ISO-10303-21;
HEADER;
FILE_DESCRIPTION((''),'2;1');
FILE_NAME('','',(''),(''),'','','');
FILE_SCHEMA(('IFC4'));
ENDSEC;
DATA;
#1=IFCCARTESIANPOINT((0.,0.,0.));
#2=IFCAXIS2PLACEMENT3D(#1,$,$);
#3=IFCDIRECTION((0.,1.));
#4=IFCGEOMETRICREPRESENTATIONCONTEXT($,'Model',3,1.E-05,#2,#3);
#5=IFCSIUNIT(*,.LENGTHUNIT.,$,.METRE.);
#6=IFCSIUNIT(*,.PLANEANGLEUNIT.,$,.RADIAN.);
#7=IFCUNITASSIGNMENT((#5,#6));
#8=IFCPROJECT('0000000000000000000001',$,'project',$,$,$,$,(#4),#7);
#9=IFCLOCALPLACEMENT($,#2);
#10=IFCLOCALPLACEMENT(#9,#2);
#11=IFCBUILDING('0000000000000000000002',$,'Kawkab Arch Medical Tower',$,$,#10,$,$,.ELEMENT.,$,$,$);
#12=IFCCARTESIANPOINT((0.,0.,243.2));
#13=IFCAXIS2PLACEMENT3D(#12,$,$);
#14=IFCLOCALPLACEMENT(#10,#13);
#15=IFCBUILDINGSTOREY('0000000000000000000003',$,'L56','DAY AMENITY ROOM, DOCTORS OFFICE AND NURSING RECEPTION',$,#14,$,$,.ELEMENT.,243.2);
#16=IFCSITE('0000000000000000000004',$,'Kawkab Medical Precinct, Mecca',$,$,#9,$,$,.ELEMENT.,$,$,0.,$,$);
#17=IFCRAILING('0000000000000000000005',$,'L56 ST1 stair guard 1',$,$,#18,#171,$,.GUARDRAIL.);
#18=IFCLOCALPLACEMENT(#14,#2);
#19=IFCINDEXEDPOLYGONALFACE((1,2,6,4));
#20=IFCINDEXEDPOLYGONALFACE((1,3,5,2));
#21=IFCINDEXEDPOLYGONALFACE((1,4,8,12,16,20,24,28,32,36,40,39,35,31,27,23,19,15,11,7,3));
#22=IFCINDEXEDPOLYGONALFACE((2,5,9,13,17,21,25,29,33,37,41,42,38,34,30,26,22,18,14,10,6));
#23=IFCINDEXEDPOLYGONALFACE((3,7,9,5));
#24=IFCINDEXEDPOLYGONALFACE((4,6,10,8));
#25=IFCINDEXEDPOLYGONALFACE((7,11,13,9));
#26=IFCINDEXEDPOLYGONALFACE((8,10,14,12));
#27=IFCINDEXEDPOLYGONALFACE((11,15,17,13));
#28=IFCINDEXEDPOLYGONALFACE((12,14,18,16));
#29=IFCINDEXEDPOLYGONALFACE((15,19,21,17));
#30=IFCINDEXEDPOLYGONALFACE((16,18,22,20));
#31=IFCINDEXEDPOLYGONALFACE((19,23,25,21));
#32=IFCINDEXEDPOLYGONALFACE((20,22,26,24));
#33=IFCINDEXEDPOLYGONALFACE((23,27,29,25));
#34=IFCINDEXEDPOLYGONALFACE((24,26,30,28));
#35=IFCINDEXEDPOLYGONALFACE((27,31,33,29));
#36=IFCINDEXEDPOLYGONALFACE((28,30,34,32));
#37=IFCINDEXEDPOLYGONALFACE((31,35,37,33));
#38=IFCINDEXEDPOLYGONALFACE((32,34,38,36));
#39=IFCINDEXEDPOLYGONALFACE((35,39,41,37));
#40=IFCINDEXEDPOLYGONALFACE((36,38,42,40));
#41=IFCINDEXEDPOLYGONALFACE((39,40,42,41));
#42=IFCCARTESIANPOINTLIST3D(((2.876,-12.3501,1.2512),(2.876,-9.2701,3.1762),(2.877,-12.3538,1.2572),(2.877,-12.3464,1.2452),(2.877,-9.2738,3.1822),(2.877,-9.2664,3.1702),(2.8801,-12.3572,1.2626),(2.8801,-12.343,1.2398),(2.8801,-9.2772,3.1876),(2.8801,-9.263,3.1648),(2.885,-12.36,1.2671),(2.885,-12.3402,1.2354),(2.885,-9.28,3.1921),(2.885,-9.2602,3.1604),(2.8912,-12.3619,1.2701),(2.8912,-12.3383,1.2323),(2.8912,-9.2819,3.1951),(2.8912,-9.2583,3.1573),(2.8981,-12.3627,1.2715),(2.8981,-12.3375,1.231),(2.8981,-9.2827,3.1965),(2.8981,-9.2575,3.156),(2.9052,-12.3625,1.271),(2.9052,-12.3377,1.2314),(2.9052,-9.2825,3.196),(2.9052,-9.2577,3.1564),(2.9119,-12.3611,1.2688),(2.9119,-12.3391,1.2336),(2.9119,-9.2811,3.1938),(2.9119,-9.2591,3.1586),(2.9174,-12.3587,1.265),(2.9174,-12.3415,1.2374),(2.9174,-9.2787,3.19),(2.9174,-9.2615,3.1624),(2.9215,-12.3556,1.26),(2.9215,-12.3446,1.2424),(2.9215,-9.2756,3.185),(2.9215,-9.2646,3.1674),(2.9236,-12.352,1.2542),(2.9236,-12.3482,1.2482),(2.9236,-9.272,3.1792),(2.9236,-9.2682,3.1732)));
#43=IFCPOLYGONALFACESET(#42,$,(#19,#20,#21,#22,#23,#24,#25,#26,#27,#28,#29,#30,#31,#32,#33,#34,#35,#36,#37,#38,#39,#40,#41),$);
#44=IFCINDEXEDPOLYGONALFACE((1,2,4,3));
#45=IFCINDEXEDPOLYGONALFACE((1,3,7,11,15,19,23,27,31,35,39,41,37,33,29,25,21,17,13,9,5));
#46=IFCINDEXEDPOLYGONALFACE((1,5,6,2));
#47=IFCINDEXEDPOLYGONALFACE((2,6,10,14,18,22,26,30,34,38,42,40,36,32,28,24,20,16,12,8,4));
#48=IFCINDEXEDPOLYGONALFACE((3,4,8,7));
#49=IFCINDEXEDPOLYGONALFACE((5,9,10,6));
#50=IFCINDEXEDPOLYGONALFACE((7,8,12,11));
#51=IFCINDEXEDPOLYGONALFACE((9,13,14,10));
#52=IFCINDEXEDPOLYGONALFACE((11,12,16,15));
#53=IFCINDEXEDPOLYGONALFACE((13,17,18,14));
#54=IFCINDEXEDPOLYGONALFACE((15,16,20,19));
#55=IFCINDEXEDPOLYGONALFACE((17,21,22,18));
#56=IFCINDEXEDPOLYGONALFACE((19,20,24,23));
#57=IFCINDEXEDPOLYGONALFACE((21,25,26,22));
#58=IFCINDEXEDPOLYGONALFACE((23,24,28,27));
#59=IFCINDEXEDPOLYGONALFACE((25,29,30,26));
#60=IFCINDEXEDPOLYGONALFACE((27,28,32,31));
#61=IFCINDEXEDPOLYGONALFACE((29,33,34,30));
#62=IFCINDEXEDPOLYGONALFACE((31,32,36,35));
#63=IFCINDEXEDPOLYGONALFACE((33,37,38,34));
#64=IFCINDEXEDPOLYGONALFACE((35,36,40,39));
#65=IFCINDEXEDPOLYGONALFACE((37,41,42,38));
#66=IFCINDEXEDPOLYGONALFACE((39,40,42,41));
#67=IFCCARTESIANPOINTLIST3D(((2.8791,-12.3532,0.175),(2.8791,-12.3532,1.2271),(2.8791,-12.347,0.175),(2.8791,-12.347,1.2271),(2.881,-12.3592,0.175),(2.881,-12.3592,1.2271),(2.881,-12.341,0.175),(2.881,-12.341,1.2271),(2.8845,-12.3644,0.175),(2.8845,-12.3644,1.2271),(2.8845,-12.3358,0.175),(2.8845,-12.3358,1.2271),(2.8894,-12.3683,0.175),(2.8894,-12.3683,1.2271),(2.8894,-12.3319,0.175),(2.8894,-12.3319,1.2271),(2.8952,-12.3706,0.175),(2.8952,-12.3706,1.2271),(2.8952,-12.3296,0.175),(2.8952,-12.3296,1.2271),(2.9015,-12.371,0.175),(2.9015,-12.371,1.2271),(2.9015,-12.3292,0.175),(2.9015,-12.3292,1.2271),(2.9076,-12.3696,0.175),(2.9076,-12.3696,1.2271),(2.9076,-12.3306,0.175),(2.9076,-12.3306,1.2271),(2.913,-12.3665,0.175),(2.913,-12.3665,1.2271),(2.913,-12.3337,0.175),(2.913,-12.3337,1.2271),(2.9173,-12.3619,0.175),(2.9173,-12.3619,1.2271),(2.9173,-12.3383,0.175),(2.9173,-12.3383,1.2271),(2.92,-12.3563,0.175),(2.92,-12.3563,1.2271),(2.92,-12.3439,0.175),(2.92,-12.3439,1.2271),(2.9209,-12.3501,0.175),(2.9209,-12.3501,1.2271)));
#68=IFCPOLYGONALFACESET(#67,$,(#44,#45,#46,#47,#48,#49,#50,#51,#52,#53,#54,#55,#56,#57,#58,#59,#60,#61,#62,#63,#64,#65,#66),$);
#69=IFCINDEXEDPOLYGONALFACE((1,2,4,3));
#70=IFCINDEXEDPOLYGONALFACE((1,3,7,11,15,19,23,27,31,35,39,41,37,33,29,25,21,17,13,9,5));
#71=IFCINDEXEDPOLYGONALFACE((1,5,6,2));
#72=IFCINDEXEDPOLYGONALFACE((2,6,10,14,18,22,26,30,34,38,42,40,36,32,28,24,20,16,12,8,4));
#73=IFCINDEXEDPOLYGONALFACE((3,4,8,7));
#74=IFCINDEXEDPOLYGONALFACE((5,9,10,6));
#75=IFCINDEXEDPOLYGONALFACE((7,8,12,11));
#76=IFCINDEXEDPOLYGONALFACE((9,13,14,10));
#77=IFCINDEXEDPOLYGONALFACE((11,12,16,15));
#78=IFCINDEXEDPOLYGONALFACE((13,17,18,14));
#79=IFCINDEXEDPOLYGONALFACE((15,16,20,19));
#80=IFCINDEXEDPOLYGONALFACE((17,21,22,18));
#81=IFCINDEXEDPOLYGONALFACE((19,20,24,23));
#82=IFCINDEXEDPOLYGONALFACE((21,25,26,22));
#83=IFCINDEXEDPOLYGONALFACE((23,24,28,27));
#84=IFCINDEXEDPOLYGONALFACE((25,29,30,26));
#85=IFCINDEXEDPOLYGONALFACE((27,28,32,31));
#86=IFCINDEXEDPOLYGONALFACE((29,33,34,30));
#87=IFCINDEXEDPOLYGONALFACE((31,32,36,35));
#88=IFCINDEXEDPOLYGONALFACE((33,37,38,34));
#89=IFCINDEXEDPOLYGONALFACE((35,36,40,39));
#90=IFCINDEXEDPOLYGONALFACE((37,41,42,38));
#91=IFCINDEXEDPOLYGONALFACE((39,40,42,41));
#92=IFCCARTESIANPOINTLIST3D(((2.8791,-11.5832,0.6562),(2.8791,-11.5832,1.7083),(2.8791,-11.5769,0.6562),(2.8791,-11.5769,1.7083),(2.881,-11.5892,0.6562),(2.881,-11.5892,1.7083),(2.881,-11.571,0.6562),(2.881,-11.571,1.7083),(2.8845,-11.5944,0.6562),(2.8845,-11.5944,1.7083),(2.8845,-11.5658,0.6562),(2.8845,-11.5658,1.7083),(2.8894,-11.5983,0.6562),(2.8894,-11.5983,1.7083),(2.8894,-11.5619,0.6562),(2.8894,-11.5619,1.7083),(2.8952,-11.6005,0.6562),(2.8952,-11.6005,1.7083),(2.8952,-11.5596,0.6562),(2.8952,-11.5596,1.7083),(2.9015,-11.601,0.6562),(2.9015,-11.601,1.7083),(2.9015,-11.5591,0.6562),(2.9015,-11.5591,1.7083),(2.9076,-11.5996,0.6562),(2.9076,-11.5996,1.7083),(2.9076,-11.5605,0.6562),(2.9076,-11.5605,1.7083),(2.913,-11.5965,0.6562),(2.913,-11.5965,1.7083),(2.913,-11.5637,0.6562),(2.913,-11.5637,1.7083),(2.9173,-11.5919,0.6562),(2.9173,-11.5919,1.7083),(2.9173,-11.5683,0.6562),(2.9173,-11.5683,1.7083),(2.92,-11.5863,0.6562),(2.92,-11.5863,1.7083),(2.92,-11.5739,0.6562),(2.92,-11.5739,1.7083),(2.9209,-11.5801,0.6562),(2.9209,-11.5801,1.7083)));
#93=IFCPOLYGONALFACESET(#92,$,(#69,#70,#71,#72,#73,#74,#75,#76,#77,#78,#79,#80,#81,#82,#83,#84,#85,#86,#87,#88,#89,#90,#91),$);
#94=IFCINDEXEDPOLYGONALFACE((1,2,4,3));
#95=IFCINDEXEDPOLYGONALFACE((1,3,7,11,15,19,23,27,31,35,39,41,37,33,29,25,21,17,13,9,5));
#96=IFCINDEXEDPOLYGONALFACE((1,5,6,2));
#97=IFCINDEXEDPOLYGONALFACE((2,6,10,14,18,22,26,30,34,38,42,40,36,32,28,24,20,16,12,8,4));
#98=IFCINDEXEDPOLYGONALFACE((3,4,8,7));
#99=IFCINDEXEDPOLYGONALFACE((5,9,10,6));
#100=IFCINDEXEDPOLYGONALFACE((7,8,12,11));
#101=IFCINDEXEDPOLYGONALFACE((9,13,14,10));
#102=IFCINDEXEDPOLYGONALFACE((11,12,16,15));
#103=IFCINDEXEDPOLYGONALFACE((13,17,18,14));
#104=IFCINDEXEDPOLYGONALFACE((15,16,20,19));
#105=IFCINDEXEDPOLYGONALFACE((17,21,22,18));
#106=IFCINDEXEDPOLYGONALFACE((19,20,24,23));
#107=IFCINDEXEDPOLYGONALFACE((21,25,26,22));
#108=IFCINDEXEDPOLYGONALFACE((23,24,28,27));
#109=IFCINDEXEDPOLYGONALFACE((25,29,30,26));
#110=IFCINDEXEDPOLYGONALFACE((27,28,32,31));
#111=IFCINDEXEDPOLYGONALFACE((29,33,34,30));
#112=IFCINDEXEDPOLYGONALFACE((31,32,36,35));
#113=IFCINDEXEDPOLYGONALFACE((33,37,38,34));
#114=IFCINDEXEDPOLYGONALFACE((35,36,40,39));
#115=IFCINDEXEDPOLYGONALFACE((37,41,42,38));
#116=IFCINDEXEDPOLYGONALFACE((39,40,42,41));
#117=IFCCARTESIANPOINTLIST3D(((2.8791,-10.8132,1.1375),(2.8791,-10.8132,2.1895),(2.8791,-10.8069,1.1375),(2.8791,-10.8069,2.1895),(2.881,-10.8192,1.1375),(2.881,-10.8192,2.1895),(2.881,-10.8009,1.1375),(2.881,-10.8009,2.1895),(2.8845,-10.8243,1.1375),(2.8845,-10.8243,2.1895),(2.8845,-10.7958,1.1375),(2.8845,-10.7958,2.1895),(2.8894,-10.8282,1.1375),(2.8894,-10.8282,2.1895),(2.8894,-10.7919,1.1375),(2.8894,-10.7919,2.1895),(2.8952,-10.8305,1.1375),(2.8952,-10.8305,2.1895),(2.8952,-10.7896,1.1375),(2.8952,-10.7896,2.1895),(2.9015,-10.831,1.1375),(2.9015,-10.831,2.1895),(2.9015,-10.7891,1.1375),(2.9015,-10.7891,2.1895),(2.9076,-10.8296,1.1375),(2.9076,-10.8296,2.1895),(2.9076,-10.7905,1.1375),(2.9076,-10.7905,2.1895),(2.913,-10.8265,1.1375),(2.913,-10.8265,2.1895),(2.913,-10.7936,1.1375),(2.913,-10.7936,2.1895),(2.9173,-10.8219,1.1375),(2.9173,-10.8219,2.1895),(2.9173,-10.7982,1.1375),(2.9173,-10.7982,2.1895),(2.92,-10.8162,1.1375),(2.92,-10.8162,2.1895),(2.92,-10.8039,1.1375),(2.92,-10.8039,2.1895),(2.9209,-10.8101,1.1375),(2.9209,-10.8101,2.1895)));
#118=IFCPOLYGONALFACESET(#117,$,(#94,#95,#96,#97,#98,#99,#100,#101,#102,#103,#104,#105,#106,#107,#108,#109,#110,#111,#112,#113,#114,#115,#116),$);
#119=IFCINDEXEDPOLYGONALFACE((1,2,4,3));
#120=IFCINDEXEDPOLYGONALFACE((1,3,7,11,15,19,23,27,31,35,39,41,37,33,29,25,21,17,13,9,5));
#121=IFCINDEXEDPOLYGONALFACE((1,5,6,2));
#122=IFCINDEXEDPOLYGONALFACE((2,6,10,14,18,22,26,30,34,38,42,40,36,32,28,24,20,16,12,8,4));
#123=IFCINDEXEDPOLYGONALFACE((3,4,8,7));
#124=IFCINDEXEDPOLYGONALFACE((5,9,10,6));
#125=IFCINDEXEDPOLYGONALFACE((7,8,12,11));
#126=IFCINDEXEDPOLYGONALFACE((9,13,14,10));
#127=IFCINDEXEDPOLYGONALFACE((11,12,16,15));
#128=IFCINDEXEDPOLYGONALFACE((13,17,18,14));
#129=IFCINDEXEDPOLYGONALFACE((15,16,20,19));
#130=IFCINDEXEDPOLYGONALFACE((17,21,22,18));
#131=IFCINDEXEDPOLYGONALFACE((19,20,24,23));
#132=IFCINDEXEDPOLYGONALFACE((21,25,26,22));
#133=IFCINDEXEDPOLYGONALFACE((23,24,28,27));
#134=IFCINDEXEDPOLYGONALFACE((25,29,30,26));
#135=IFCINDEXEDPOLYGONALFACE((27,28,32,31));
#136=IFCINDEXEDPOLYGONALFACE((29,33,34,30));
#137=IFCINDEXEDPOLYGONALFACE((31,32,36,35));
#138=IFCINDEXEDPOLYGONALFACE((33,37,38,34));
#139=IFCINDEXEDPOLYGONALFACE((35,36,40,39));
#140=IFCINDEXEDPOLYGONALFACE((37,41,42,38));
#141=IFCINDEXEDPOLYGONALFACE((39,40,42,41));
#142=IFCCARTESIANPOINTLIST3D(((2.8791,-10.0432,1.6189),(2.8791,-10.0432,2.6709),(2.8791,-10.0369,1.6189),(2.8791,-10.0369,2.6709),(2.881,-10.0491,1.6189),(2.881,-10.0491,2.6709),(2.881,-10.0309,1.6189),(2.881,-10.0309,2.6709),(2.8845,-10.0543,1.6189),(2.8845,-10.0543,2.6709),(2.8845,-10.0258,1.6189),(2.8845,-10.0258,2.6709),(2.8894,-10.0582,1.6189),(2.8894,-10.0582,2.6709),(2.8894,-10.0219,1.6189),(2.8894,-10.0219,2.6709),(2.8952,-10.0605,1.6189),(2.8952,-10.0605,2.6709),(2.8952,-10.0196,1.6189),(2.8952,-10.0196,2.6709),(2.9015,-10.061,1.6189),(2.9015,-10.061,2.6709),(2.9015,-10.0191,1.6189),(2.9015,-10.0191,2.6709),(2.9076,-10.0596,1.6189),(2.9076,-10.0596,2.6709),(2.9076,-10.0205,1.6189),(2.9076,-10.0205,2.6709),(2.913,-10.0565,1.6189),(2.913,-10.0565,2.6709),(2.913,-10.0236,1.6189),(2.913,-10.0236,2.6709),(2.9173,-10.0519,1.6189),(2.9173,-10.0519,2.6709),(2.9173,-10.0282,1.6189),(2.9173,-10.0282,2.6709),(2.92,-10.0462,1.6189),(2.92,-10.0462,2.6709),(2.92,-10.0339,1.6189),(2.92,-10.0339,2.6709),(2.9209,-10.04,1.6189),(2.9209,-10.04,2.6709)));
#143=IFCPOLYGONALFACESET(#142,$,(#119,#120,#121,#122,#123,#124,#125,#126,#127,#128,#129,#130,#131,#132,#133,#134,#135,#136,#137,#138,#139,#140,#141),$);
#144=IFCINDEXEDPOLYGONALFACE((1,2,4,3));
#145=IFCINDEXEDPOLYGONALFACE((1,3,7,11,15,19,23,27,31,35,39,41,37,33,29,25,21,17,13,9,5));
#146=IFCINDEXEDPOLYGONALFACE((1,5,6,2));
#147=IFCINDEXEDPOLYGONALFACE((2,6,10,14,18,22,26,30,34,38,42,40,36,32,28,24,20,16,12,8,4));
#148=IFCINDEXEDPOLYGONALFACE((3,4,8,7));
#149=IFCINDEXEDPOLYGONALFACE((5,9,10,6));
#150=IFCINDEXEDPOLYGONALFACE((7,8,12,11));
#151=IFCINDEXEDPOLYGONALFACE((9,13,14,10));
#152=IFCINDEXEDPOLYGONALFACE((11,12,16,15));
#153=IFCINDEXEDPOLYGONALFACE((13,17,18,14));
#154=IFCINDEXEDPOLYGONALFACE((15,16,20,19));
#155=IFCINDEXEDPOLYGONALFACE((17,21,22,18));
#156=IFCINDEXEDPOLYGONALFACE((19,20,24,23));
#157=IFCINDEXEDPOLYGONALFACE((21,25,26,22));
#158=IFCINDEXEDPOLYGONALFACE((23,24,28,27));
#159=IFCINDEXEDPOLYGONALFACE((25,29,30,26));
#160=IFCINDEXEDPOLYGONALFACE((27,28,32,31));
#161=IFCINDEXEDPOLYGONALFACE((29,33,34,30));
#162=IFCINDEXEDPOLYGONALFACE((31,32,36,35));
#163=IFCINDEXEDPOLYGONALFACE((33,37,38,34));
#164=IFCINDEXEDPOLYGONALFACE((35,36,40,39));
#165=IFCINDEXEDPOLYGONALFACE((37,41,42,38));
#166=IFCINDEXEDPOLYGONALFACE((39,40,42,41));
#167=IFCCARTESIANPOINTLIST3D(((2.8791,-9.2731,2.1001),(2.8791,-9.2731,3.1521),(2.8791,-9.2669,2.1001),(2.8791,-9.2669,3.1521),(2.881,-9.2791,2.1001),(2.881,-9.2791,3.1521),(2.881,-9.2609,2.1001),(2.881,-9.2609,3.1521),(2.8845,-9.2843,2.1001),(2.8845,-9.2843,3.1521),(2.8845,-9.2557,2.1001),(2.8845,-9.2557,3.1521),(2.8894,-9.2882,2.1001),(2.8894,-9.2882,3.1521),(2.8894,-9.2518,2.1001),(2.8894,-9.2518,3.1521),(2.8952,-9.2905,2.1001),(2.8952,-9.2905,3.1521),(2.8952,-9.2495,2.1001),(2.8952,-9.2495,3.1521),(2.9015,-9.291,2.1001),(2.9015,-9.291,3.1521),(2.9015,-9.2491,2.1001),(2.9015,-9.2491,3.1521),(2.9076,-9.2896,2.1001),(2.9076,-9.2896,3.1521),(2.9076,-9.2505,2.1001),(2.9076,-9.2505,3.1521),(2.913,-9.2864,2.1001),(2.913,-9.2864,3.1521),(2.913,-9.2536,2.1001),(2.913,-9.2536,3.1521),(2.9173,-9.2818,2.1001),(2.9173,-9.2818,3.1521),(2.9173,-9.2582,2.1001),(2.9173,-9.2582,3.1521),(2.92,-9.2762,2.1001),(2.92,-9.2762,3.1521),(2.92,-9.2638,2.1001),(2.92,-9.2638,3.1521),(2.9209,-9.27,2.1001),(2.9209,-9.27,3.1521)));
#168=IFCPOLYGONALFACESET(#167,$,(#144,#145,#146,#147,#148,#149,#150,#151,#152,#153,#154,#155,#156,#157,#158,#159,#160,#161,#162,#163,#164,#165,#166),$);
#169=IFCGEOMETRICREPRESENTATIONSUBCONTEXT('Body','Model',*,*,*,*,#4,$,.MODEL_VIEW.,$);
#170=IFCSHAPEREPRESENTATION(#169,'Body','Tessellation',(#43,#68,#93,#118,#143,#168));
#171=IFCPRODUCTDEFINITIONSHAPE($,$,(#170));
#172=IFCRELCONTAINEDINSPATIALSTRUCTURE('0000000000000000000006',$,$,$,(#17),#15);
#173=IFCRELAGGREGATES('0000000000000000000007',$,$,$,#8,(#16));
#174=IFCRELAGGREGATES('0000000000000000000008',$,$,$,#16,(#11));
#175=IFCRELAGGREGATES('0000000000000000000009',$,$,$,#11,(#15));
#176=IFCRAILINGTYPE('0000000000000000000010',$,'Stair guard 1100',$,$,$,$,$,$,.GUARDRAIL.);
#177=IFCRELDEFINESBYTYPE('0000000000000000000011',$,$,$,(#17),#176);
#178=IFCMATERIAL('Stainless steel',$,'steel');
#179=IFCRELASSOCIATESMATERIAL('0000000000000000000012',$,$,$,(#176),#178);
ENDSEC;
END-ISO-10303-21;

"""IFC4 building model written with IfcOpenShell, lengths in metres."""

from ifc_helpers import new_model, si_unit, direction, frame, origin, origin_2d, place, context, subcontext, project, spatial, circle, extrude, material, type_object, element, save


model = new_model("IFC4")

# Units and contexts
model_context = context("Model", 3, precision=1e-05, world=origin(), true_north=direction((0.0, 1.0)))
body_context = subcontext(model_context, "Body", "Model", "MODEL_VIEW")
ifc_project = project(units=[si_unit("LENGTHUNIT", "METRE"), si_unit("PLANEANGLEUNIT", "RADIAN")], contexts=[model_context])

# Site, building, storey
site_placement = place(None, origin())
site = spatial("IfcSite", under=ifc_project, at=site_placement, Name="Kawkab Medical Precinct, Mecca", CompositionType="ELEMENT", RefElevation=0.0)
building_placement = place(site_placement, origin())
building = spatial("IfcBuilding", under=site, at=building_placement, Name="Kawkab Arch Medical Tower", CompositionType="ELEMENT")
storey_placement = place(building_placement, frame((0.0, 0.0, 243.2)))
storey = spatial("IfcBuildingStorey", under=building, at=storey_placement, Name="L56", Description="DAY AMENITY ROOM, DOCTORS OFFICE AND NURSING RECEPTION", CompositionType="ELEMENT", Elevation=243.2)

# Railing
ifc_material_1 = material(Name="Stainless steel", Category="steel")
railing_type_1 = type_object("IfcRailingType", Name="Stair guard 1100", PredefinedType="GUARDRAIL", material=ifc_material_1)
railing_1_placement = place(storey_placement, frame((2.8999, -12.3501, 0.175)))
element("IfcRailing", 1, at=railing_1_placement, inside=storey, type_object=railing_type_1, Name="L56 ST1 stair guard 1", PredefinedType="GUARDRAIL", context=body_context, shape_type="SweptSolid", body=[
    extrude(circle(Radius=0.0239, at=origin_2d()), frame((0.0, 0.0, 1.0762), z_axis=(0.0, 0.847998, 0.529999), x_axis=(-1.0, 0.0, 0.0)), (0.0, 0.0, 1.0), 3.6321),
    extrude(circle(Radius=0.021, at=origin_2d()), origin(), (0.0, 0.0, 1.0), 1.052),
    extrude(circle(Radius=0.021, at=origin_2d()), frame((0.0, 0.77, 0.4812)), (0.0, 0.0, 1.0), 1.052),
    extrude(circle(Radius=0.021, at=origin_2d()), frame((0.0, 1.54, 0.9624)), (0.0, 0.0, 1.0), 1.052),
    extrude(circle(Radius=0.021, at=origin_2d()), frame((0.0, 2.3101, 1.4438)), (0.0, 0.0, 1.0), 1.052),
    extrude(circle(Radius=0.021, at=origin_2d()), frame((0.0, 3.0801, 1.925)), (0.0, 0.0, 1.0), 1.052),
])

save(model, "model.ifc")
